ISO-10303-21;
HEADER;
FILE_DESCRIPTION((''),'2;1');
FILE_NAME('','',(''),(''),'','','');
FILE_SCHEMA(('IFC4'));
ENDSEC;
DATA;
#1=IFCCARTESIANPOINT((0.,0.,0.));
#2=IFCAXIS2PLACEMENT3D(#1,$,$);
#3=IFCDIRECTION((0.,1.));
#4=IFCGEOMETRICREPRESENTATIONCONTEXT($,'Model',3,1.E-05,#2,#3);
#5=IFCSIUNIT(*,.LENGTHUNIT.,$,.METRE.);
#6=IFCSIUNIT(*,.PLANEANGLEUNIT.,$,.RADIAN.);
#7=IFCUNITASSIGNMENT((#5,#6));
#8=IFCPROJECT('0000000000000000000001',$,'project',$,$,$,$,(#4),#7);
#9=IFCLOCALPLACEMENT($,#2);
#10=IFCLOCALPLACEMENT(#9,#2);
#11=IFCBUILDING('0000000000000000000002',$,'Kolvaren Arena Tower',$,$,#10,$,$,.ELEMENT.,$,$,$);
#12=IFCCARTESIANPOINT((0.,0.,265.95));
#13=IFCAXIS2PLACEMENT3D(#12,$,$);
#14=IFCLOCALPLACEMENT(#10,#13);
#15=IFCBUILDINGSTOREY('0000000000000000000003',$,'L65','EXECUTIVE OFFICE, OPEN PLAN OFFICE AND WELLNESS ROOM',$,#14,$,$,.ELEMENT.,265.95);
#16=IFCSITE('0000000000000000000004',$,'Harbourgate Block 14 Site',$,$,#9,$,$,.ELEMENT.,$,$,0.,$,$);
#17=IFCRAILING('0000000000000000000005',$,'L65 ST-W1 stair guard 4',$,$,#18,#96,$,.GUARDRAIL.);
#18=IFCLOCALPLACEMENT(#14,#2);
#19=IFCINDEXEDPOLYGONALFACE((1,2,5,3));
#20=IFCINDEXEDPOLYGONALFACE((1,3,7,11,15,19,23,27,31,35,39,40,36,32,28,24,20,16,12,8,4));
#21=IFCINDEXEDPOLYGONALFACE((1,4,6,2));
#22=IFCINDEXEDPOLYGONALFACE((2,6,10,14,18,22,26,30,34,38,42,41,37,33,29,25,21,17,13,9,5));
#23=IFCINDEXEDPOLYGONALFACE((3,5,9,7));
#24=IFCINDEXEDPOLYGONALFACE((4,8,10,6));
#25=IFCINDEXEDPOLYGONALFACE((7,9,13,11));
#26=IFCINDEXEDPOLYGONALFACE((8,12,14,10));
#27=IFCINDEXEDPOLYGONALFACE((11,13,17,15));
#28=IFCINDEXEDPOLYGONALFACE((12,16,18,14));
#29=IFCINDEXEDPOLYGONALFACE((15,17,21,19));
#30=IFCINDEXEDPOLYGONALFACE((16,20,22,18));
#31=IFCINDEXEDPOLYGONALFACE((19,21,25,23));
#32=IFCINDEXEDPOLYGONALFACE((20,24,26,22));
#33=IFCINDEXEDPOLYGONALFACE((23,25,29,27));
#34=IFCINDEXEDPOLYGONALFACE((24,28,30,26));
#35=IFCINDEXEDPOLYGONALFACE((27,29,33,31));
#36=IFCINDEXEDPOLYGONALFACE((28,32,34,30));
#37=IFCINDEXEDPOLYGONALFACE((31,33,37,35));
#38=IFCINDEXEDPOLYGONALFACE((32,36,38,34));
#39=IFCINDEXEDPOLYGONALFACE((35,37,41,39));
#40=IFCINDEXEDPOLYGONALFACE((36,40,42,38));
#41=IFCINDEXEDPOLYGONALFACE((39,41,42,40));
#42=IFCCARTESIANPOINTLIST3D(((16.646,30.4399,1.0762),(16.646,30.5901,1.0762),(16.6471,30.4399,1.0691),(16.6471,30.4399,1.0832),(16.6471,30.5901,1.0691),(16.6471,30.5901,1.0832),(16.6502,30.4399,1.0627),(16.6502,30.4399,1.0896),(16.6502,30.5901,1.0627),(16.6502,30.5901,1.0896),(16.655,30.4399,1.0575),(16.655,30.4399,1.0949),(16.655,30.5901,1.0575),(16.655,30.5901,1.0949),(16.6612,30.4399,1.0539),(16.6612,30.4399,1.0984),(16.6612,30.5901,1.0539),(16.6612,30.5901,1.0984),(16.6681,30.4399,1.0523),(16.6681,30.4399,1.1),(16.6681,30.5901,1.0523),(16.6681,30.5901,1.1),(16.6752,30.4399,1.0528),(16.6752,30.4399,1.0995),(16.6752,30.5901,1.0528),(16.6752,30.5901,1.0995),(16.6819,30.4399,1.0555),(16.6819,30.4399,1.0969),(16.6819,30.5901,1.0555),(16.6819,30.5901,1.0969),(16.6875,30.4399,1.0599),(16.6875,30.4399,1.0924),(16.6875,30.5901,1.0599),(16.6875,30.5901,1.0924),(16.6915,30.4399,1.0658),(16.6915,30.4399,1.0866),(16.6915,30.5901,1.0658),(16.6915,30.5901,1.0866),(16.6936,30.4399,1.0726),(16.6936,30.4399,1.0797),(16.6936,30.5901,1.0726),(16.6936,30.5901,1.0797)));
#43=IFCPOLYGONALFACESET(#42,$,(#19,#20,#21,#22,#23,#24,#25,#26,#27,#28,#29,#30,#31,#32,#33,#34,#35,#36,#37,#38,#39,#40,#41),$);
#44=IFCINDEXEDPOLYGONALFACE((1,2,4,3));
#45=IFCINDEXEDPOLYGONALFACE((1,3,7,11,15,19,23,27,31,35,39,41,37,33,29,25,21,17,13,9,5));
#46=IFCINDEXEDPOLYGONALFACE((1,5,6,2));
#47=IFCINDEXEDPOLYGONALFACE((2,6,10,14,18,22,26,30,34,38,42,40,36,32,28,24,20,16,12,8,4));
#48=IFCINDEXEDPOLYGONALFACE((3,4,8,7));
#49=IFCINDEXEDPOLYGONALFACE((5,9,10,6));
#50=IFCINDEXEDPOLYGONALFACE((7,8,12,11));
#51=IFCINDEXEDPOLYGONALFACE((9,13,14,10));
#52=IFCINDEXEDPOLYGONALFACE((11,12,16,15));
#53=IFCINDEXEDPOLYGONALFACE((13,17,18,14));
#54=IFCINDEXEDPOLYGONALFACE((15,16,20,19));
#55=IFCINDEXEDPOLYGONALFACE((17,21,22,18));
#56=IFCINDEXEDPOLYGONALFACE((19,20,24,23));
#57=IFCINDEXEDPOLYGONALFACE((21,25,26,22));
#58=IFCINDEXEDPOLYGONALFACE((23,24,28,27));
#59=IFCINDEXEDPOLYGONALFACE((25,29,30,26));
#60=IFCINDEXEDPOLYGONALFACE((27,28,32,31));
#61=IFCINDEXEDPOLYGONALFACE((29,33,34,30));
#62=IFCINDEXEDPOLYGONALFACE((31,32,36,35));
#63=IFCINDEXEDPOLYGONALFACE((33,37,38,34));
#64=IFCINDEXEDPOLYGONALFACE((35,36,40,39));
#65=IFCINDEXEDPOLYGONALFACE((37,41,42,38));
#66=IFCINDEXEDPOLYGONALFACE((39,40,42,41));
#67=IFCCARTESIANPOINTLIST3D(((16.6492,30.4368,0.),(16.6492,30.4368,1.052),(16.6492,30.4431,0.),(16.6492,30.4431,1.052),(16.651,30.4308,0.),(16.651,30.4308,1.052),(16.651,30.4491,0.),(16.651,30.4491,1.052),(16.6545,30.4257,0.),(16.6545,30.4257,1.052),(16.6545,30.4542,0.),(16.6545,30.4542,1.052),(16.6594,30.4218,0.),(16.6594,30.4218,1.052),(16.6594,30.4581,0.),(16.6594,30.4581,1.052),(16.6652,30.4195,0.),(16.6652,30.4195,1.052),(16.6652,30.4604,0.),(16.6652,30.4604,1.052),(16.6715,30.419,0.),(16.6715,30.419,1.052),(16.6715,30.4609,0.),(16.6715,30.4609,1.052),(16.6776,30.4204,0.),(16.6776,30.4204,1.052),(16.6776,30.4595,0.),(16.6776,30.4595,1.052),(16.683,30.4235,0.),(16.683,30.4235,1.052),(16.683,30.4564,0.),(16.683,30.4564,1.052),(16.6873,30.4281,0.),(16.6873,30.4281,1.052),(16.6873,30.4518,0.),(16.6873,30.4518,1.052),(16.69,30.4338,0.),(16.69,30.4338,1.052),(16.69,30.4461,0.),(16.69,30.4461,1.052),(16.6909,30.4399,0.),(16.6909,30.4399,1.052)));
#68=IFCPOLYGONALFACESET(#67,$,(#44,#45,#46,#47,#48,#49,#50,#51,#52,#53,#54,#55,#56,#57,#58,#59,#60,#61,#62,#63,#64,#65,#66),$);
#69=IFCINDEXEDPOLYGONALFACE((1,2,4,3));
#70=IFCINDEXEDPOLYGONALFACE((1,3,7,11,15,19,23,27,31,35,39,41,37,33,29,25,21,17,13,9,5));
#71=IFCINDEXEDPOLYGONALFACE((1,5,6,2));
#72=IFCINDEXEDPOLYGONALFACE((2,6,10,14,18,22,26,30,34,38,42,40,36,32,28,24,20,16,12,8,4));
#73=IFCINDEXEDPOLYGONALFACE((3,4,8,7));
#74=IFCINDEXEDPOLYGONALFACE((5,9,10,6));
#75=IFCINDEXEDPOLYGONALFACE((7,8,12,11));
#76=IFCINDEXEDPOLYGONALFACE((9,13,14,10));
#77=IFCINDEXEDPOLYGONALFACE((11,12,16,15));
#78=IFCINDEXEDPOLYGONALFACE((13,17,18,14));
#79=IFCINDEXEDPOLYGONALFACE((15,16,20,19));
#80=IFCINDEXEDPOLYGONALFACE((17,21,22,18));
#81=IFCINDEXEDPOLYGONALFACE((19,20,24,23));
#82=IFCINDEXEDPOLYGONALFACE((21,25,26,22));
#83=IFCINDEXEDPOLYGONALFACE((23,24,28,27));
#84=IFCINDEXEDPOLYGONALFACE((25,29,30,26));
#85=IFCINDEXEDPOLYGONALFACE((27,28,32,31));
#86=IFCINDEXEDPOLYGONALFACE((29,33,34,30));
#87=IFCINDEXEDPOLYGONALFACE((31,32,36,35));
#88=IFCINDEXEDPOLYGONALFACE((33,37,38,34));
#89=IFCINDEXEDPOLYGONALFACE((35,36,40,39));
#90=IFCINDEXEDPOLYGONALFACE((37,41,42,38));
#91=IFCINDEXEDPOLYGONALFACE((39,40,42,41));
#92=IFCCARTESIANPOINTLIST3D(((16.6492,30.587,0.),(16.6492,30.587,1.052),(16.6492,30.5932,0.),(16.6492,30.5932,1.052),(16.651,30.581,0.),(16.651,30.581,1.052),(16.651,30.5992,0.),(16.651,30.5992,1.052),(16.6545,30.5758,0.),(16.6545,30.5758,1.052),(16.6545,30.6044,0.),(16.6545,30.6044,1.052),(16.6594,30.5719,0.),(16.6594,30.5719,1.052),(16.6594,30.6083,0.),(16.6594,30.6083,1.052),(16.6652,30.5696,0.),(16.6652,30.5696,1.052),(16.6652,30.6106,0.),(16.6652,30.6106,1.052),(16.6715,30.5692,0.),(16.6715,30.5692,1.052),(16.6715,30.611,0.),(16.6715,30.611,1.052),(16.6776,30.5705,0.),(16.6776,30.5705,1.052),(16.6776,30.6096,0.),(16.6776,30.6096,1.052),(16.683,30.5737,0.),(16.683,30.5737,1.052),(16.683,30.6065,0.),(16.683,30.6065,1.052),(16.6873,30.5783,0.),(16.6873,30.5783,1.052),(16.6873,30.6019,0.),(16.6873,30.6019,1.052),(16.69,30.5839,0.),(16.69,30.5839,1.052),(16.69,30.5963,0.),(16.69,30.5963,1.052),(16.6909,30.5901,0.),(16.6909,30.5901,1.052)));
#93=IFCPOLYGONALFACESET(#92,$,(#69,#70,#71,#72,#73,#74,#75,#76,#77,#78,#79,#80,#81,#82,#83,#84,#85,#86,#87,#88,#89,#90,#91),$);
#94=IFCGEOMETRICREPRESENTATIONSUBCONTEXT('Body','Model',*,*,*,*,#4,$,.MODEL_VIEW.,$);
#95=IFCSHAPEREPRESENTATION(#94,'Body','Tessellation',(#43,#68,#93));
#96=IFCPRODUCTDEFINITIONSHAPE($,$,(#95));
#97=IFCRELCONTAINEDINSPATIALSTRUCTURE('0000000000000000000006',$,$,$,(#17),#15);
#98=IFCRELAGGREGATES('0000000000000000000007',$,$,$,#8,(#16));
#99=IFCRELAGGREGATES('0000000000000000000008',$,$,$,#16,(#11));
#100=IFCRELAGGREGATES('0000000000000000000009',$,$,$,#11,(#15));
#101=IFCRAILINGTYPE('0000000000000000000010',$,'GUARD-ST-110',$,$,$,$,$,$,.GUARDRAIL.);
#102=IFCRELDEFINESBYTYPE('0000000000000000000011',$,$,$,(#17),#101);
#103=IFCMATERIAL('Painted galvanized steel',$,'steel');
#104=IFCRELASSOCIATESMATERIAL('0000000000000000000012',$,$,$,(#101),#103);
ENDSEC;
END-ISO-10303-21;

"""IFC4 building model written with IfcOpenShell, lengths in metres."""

from ifc_helpers import new_model, si_unit, direction, frame, origin, origin_2d, place, context, subcontext, project, spatial, circle, extrude, material, type_object, element, save


model = new_model("IFC4")

# Units and contexts
model_context = context("Model", 3, precision=1e-05, world=origin(), true_north=direction((0.0, 1.0)))
body_context = subcontext(model_context, "Body", "Model", "MODEL_VIEW")
ifc_project = project(units=[si_unit("LENGTHUNIT", "METRE"), si_unit("PLANEANGLEUNIT", "RADIAN")], contexts=[model_context])

# Site, building, storey
site_placement = place(None, origin())
site = spatial("IfcSite", under=ifc_project, at=site_placement, Name="Harbourgate Block 14 Site", CompositionType="ELEMENT", RefElevation=0.0)
building_placement = place(site_placement, origin())
building = spatial("IfcBuilding", under=site, at=building_placement, Name="Kolvaren Arena Tower", CompositionType="ELEMENT")
storey_placement = place(building_placement, frame((0.0, 0.0, 265.95)))
storey = spatial("IfcBuildingStorey", under=building, at=storey_placement, Name="L65", Description="EXECUTIVE OFFICE, OPEN PLAN OFFICE AND WELLNESS ROOM", CompositionType="ELEMENT", Elevation=265.95)

# Railing
ifc_material_1 = material(Name="Painted galvanized steel", Category="steel")
railing_type_1 = type_object("IfcRailingType", Name="GUARD-ST-110", PredefinedType="GUARDRAIL", material=ifc_material_1)
railing_1_placement = place(storey_placement, frame((16.6699, 30.4399, 0.0)))
element("IfcRailing", 1, at=railing_1_placement, inside=storey, type_object=railing_type_1, Name="L65 ST-W1 stair guard 4", PredefinedType="GUARDRAIL", context=body_context, shape_type="SweptSolid", body=[
    extrude(circle(Radius=0.0239, at=origin_2d()), frame((0.0, 0.0, 1.0762), z_axis=(0.0, 1.0, 0.0), x_axis=(-1.0, 0.0, 0.0)), (0.0, 0.0, 1.0), 0.1501),
    extrude(circle(Radius=0.021, at=origin_2d()), origin(), (0.0, 0.0, 1.0), 1.052),
    extrude(circle(Radius=0.021, at=origin_2d()), frame((0.0, 0.1501, 0.0)), (0.0, 0.0, 1.0), 1.052),
])

save(model, "model.ifc")
